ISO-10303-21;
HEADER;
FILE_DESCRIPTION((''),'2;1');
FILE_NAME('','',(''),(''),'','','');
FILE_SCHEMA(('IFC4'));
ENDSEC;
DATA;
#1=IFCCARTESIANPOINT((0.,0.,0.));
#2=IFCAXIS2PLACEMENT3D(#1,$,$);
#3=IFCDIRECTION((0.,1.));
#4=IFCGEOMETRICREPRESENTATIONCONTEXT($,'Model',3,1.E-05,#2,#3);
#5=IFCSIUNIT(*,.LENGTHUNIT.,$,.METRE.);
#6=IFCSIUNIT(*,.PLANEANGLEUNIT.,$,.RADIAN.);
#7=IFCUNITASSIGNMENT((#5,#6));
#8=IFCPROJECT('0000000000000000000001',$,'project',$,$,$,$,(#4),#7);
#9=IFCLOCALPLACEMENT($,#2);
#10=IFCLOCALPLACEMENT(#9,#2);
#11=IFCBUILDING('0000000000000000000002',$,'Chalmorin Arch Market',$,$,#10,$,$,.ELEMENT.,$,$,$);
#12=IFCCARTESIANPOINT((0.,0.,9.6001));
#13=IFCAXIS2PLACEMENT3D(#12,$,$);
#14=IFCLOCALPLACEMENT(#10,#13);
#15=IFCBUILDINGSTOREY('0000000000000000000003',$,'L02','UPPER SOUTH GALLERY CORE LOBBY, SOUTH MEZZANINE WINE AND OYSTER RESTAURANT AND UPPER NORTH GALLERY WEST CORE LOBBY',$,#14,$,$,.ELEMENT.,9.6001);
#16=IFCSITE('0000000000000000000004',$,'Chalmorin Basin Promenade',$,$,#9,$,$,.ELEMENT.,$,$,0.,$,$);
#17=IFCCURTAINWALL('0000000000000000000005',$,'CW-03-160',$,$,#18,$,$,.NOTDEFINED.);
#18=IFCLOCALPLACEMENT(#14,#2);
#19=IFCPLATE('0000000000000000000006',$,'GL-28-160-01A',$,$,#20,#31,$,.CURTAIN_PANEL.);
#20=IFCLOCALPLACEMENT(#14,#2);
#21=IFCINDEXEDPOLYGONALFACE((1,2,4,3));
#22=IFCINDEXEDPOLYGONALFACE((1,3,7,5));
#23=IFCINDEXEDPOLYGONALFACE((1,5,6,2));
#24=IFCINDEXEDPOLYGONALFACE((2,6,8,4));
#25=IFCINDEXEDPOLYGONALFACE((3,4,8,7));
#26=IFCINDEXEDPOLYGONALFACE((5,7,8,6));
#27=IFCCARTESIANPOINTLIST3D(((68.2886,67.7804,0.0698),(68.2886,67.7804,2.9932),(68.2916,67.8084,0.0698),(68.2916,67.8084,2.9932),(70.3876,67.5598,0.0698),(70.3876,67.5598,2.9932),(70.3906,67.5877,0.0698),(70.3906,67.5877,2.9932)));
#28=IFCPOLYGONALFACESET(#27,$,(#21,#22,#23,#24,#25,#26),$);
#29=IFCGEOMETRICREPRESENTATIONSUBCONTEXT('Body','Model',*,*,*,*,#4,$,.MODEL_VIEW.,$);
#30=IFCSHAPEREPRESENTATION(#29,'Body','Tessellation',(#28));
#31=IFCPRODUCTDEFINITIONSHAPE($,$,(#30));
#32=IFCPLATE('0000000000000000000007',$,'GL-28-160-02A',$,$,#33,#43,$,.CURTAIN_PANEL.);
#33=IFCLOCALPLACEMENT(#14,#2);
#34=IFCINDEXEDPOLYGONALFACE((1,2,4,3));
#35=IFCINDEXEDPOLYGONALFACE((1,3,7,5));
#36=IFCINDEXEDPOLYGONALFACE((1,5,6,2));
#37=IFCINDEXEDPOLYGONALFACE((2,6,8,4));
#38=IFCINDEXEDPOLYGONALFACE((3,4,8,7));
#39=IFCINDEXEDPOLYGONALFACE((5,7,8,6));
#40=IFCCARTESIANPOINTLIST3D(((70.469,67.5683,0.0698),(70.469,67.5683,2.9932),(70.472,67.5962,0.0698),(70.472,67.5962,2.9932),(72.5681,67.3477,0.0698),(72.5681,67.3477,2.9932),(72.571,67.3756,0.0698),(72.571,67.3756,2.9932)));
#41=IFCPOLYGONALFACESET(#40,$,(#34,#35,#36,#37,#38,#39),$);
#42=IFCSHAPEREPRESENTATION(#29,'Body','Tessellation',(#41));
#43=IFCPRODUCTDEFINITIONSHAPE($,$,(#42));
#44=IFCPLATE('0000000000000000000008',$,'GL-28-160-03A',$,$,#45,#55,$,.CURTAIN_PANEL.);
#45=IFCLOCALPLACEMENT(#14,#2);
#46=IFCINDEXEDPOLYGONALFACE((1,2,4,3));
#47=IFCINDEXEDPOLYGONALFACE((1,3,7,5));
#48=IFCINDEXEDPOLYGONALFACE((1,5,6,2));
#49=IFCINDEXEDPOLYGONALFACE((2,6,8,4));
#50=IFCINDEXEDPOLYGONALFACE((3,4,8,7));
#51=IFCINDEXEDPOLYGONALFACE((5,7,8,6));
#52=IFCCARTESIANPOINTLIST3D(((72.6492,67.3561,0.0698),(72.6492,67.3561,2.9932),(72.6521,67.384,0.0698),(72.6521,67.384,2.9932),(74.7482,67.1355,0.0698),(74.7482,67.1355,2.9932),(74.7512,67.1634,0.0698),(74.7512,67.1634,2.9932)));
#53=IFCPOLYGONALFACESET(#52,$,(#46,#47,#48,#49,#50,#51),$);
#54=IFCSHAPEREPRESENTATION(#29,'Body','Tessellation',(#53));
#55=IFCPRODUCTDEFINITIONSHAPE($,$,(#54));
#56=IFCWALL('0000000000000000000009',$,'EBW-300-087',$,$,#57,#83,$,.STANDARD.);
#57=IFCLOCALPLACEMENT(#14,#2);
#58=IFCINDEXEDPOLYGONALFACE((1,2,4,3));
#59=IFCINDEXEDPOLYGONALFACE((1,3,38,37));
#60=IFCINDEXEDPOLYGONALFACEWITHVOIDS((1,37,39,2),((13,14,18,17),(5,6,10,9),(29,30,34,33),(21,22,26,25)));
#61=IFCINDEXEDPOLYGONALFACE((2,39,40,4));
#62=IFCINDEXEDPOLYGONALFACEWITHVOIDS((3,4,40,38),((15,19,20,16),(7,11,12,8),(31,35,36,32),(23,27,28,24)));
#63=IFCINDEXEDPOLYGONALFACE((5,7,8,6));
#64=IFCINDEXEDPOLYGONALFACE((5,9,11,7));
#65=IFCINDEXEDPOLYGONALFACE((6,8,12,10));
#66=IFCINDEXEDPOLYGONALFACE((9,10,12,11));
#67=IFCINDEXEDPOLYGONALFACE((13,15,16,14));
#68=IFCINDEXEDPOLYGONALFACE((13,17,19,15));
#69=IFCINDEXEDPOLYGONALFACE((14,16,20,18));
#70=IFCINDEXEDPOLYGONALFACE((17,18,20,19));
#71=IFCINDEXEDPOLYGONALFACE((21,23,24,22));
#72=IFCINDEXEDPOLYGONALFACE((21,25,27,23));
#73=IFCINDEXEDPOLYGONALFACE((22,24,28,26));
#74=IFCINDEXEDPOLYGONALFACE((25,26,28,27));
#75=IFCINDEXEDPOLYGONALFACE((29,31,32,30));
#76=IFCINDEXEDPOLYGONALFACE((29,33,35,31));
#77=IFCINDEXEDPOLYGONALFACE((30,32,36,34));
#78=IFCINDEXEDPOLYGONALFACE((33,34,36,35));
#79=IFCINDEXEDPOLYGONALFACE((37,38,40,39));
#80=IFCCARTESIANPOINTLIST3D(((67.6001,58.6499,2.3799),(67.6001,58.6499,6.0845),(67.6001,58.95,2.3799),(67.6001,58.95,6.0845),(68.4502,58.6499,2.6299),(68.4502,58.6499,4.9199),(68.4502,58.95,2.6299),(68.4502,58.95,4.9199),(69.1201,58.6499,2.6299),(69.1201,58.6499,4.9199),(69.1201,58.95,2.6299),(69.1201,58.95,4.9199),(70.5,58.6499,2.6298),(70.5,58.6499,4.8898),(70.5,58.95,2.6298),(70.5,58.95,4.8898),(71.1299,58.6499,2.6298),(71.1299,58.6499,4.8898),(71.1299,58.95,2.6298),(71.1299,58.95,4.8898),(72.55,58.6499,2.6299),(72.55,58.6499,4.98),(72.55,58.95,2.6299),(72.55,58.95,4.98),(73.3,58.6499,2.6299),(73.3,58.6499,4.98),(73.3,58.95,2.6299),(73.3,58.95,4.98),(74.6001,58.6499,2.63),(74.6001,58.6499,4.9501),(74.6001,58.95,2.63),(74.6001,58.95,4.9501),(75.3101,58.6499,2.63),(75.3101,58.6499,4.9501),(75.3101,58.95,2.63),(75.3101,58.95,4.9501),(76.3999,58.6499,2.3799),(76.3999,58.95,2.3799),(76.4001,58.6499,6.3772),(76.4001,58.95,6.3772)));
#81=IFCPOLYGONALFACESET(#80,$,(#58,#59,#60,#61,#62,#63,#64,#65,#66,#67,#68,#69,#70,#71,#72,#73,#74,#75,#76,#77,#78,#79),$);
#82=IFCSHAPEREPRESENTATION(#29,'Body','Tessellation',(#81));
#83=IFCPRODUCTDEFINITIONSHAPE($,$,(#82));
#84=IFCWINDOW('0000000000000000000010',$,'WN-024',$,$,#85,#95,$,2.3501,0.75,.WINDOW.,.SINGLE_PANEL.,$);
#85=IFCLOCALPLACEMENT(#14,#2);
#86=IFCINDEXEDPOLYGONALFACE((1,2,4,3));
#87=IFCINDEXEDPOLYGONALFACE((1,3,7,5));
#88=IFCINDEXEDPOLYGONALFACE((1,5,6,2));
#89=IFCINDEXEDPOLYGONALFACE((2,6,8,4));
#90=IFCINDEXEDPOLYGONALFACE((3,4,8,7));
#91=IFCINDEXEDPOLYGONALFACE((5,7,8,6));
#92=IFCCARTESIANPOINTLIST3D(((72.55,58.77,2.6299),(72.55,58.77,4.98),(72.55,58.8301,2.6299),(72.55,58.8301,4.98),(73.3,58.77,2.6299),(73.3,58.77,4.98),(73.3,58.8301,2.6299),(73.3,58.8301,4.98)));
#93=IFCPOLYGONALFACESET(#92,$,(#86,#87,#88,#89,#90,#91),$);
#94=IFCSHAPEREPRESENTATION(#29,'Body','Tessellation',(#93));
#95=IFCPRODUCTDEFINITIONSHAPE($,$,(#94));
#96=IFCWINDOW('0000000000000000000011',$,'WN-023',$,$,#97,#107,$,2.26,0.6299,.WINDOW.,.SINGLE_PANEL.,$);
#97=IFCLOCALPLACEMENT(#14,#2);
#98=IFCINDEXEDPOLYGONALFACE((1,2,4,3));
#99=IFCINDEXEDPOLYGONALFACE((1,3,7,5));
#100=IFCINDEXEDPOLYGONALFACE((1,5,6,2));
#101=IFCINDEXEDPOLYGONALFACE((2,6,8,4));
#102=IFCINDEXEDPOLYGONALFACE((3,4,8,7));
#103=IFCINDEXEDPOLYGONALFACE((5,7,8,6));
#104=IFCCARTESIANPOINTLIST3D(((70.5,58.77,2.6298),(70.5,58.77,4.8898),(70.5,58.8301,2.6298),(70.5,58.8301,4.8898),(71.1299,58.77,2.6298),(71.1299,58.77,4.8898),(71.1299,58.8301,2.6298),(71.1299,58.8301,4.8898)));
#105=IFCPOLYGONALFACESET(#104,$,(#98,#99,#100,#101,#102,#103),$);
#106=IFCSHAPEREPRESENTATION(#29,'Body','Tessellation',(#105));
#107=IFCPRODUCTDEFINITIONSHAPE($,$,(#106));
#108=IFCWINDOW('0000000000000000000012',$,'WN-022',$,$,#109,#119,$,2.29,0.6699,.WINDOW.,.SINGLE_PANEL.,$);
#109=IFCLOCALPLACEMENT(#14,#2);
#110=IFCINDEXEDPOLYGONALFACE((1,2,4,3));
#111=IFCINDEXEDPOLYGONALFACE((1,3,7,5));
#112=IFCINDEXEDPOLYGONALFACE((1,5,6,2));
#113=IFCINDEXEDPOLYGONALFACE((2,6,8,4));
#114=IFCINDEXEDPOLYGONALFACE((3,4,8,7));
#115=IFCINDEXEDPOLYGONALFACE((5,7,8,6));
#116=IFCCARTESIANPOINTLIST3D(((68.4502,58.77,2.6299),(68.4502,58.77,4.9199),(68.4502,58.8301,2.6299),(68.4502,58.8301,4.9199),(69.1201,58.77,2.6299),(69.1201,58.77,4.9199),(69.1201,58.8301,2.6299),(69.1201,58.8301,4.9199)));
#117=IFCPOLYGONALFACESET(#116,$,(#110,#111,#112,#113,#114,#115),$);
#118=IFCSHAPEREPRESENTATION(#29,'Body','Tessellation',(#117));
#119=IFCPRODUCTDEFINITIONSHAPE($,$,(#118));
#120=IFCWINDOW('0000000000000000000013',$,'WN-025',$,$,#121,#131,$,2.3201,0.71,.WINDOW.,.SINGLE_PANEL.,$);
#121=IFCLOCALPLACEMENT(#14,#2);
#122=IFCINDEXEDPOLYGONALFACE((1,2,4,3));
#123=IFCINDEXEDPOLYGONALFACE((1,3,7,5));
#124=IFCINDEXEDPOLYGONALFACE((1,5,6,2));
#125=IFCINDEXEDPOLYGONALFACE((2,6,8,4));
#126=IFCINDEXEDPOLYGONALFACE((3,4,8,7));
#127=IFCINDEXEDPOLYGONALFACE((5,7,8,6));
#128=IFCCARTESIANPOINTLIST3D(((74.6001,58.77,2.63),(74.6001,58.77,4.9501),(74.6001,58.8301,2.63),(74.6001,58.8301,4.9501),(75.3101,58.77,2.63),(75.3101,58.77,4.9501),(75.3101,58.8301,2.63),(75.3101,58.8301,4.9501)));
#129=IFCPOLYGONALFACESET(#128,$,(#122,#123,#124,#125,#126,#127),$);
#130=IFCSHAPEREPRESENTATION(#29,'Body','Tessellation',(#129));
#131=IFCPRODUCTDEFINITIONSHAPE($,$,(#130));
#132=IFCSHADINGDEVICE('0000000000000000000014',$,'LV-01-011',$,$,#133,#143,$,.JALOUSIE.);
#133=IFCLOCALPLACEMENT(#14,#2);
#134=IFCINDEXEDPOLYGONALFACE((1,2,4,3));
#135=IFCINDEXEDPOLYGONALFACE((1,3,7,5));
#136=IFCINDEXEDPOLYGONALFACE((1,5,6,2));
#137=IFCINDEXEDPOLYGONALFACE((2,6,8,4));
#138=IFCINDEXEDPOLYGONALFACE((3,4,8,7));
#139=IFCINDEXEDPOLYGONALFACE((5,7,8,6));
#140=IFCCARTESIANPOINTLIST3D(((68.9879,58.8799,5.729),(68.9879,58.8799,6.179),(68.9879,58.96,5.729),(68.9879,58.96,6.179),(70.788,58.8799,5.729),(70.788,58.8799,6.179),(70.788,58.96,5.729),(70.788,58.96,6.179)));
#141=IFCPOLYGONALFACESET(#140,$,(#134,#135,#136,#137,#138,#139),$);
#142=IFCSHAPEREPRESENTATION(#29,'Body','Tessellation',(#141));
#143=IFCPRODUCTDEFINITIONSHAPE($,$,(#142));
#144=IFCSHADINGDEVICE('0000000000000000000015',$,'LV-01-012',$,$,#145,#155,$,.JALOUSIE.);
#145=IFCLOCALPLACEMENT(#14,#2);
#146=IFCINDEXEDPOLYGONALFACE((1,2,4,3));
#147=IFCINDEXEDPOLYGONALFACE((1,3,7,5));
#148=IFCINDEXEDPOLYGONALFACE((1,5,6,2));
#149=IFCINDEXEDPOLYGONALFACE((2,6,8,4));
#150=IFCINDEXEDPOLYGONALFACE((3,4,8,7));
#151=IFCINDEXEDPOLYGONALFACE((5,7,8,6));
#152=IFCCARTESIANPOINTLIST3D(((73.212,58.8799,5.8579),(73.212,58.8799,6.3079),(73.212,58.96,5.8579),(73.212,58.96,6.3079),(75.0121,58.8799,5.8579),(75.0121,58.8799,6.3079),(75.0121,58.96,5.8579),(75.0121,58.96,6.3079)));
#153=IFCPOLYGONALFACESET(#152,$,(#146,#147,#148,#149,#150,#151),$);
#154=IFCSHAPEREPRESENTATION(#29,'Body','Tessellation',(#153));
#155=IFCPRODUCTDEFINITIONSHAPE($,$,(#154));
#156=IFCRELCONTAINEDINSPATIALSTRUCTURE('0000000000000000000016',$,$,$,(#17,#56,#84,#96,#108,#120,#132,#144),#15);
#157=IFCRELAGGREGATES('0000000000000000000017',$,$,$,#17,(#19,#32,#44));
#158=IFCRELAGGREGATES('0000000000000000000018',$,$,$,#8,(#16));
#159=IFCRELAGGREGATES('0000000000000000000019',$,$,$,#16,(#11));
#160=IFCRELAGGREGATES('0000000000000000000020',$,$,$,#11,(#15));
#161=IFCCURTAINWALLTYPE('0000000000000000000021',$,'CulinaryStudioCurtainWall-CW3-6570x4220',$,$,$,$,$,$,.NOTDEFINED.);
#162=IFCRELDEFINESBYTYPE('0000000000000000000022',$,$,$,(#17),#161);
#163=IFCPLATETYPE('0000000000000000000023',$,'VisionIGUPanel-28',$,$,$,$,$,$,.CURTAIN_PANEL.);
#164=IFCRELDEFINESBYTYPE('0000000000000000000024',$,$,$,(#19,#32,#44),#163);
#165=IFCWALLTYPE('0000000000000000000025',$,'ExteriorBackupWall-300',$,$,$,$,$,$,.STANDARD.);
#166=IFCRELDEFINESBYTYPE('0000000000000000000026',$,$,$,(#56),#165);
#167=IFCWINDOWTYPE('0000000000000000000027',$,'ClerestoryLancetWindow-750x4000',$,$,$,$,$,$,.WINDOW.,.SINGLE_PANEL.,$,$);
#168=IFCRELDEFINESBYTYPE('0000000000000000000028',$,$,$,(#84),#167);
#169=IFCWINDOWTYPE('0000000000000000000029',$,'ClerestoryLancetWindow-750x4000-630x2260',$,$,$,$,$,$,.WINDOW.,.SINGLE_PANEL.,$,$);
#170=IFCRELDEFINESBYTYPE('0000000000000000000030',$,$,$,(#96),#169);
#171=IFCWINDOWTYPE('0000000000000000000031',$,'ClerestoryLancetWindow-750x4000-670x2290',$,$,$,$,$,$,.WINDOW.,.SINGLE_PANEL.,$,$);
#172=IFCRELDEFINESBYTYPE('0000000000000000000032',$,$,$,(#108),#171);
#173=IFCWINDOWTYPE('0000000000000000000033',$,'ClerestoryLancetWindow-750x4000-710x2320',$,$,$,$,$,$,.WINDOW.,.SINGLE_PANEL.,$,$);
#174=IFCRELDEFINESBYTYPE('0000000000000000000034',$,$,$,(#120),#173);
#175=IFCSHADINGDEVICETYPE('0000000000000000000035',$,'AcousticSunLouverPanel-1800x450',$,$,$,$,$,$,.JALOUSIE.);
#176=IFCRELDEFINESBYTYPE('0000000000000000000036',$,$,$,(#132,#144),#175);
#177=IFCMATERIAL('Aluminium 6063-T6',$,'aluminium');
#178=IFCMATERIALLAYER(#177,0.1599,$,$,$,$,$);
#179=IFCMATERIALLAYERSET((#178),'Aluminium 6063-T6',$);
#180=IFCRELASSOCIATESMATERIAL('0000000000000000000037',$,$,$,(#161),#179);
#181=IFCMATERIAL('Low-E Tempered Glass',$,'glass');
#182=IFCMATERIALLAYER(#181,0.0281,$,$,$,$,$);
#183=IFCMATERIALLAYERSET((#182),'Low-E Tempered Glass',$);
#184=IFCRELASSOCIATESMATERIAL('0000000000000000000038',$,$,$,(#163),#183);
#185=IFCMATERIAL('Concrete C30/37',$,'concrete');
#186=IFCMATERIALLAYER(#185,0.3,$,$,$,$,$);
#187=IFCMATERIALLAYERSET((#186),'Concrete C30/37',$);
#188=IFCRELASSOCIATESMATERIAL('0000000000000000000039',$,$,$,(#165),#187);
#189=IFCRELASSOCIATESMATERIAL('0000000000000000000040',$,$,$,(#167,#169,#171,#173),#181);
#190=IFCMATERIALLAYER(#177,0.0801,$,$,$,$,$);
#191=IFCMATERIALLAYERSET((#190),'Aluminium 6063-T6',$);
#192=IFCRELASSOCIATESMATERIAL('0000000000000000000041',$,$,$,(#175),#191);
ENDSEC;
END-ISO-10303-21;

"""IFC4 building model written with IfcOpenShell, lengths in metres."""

from ifc_helpers import new_model, si_unit, direction, frame, frame_2d, origin, origin_2d, place, context, subcontext, project, spatial, polyline, rectangle, outline, extrude, material, layer, layer_set, type_object, element, fill, aggregate, save


model = new_model("IFC4")

# Units and contexts
model_context = context("Model", 3, precision=1e-05, world=origin(), true_north=direction((0.0, 1.0)))
body_context = subcontext(model_context, "Body", "Model", "MODEL_VIEW")
ifc_project = project(units=[si_unit("LENGTHUNIT", "METRE"), si_unit("PLANEANGLEUNIT", "RADIAN")], contexts=[model_context])

# Site, building, storey
site_placement = place(None, origin())
site = spatial("IfcSite", under=ifc_project, at=site_placement, Name="Chalmorin Basin Promenade", CompositionType="ELEMENT", RefElevation=0.0)
building_placement = place(site_placement, origin())
building = spatial("IfcBuilding", under=site, at=building_placement, Name="Chalmorin Arch Market", CompositionType="ELEMENT")
storey_placement = place(building_placement, frame((0.0, 0.0, 9.6001)))
storey = spatial("IfcBuildingStorey", under=building, at=storey_placement, Name="L02", Description="UPPER SOUTH GALLERY CORE LOBBY, SOUTH MEZZANINE WINE AND OYSTER RESTAURANT AND UPPER NORTH GALLERY WEST CORE LOBBY", CompositionType="ELEMENT", Elevation=9.6001)

# Shared definitions
ifc_material_1 = material(Name="Aluminium 6063-T6", Category="aluminium")

# Curtain wall
ifc_layer_1 = layer(ifc_material_1, 0.1599)
ifc_layer_set_1 = layer_set([ifc_layer_1], Name="Aluminium 6063-T6")
curtain_wall_type_1 = type_object("IfcCurtainWallType", Name="CulinaryStudioCurtainWall-CW3-6570x4220", PredefinedType="NOTDEFINED", material=ifc_layer_set_1)
curtain_wall_1_placement = place(storey_placement, origin())
curtain_wall_1 = element("IfcCurtainWall", 1, at=curtain_wall_1_placement, inside=storey, type_object=curtain_wall_type_1, Name="CW-03-160", PredefinedType="NOTDEFINED")

# Plates
ifc_material_2 = material(Name="Low-E Tempered Glass", Category="glass")
ifc_layer_2 = layer(ifc_material_2, 0.0281)
ifc_layer_set_2 = layer_set([ifc_layer_2], Name="Low-E Tempered Glass")
plate_type_1 = type_object("IfcPlateType", Name="VisionIGUPanel-28", PredefinedType="CURTAIN_PANEL", material=ifc_layer_set_2)
plate_1_placement = place(storey_placement, frame((69.3396, 67.6841, 0.0698), z_axis=(0.0, 0.0, 1.0), x_axis=(0.994522, -0.104528, 0.0)))
plate_1 = element("IfcPlate", 2, at=plate_1_placement, type_object=plate_type_1, Name="GL-28-160-01A", PredefinedType="CURTAIN_PANEL", context=body_context, shape_type="SweptSolid", body=[
    extrude(rectangle(XDim=2.1106, YDim=0.0281, at=origin_2d()), origin(), (0.0, 0.0, 1.0), 2.9233),
])
plate_2_placement = place(storey_placement, frame((71.52, 67.4719, 0.0698), z_axis=(0.0, 0.0, 1.0), x_axis=(0.994522, -0.104528, 0.0)))
plate_2 = element("IfcPlate", 3, at=plate_2_placement, type_object=plate_type_1, Name="GL-28-160-02A", PredefinedType="CURTAIN_PANEL", context=body_context, shape_type="SweptSolid", body=[
    extrude(rectangle(XDim=2.1106, YDim=0.0281, at=origin_2d()), origin(), (0.0, 0.0, 1.0), 2.9233),
])
plate_3_placement = place(storey_placement, frame((73.7002, 67.2598, 0.0698), z_axis=(0.0, 0.0, 1.0), x_axis=(0.994522, -0.104528, 0.0)))
plate_3 = element("IfcPlate", 4, at=plate_3_placement, type_object=plate_type_1, Name="GL-28-160-03A", PredefinedType="CURTAIN_PANEL", context=body_context, shape_type="SweptSolid", body=[
    extrude(rectangle(XDim=2.1106, YDim=0.0281, at=origin_2d()), origin(), (0.0, 0.0, 1.0), 2.9233),
])
aggregate(curtain_wall_1, [plate_1, plate_2, plate_3])

# Wall, openings, windows
ifc_material_3 = material(Name="Concrete C30/37", Category="concrete")
ifc_layer_3 = layer(ifc_material_3, 0.3)
ifc_layer_set_3 = layer_set([ifc_layer_3], Name="Concrete C30/37")
wall_type = type_object("IfcWallType", Name="ExteriorBackupWall-300", PredefinedType="STANDARD", material=ifc_layer_set_3)
wall_placement = place(storey_placement, frame((67.6001, 58.8, 2.3799), z_axis=(0.0, 0.0, 1.0), x_axis=(1.0, 0.0, 0.0)))
wall = element("IfcWall", 5, at=wall_placement, inside=storey, type_object=wall_type, Name="EBW-300-087", PredefinedType="STANDARD", context=body_context, shape_type="SweptSolid", body=[
    extrude(outline(polyline([(0.0, 0.0), (8.7998, 0.0), (8.8, 3.9973), (0.0, 3.7046), (0.0, 0.0)])), frame((0.0, 0.1499, 0.0), z_axis=(0.0, -1.0, 0.0), x_axis=(1.0, 0.0, 0.0)), (0.0, 0.0, 1.0), 0.3),
])
opening_1_placement = place(wall_placement, frame((0.8501, 0.0, 0.25)))
opening_1 = element("IfcOpeningElement", 6, at=opening_1_placement, cuts=wall, PredefinedType="OPENING", context=body_context, shape_type="SweptSolid", body=[
    extrude(rectangle(XDim=0.6699, YDim=2.29, at=frame_2d((0.335, 1.145))), frame((0.0, 0.1599, 0.0), z_axis=(0.0, -1.0, 0.0), x_axis=(1.0, 0.0, 0.0)), (0.0, 0.0, 1.0), 0.3201),
])
opening_2_placement = place(wall_placement, frame((2.8999, 0.0, 0.25)))
opening_2 = element("IfcOpeningElement", 7, at=opening_2_placement, cuts=wall, PredefinedType="OPENING", context=body_context, shape_type="SweptSolid", body=[
    extrude(rectangle(XDim=0.6299, YDim=2.26, at=frame_2d((0.3149, 1.1299))), frame((0.0, 0.1599, 0.0), z_axis=(0.0, -1.0, 0.0), x_axis=(1.0, 0.0, 0.0)), (0.0, 0.0, 1.0), 0.3201),
])
opening_3_placement = place(wall_placement, frame((4.95, 0.0, 0.25)))
opening_3 = element("IfcOpeningElement", 8, at=opening_3_placement, cuts=wall, PredefinedType="OPENING", context=body_context, shape_type="SweptSolid", body=[
    extrude(rectangle(XDim=0.75, YDim=2.3501, at=frame_2d((0.375, 1.175))), frame((0.0, 0.1599, 0.0), z_axis=(0.0, -1.0, 0.0), x_axis=(1.0, 0.0, 0.0)), (0.0, 0.0, 1.0), 0.3201),
])
opening_4_placement = place(wall_placement, frame((7.0, 0.0, 0.25)))
opening_4 = element("IfcOpeningElement", 9, at=opening_4_placement, cuts=wall, PredefinedType="OPENING", context=body_context, shape_type="SweptSolid", body=[
    extrude(rectangle(XDim=0.71, YDim=2.3201, at=frame_2d((0.355, 1.1602))), frame((0.0, 0.1599, 0.0), z_axis=(0.0, -1.0, 0.0), x_axis=(1.0, 0.0, 0.0)), (0.0, 0.0, 1.0), 0.3201),
])
window_type_1 = type_object("IfcWindowType", Name="ClerestoryLancetWindow-750x4000", PartitioningType="SINGLE_PANEL", PredefinedType="WINDOW", material=ifc_material_2)
window_1_placement = place(opening_3_placement, origin())
window_1 = element("IfcWindow", 10, at=window_1_placement, inside=storey, type_object=window_type_1, Name="WN-024", OverallHeight=2.3501, OverallWidth=0.75, PartitioningType="SINGLE_PANEL", PredefinedType="WINDOW", context=body_context, shape_type="SweptSolid", body=[
    extrude(rectangle(XDim=0.75, YDim=2.3501, at=frame_2d((0.375, 1.175))), frame((0.0, 0.03, 0.0), z_axis=(0.0, -1.0, 0.0), x_axis=(1.0, 0.0, 0.0)), (0.0, 0.0, 1.0), 0.0601),
])
fill(opening_3, window_1)
window_type_2 = type_object("IfcWindowType", Name="ClerestoryLancetWindow-750x4000-630x2260", PartitioningType="SINGLE_PANEL", PredefinedType="WINDOW", material=ifc_material_2)
window_2_placement = place(opening_2_placement, origin())
window_2 = element("IfcWindow", 11, at=window_2_placement, inside=storey, type_object=window_type_2, Name="WN-023", OverallHeight=2.26, OverallWidth=0.6299, PartitioningType="SINGLE_PANEL", PredefinedType="WINDOW", context=body_context, shape_type="SweptSolid", body=[
    extrude(rectangle(XDim=0.6299, YDim=2.26, at=frame_2d((0.3149, 1.1299))), frame((0.0, 0.03, 0.0), z_axis=(0.0, -1.0, 0.0), x_axis=(1.0, 0.0, 0.0)), (0.0, 0.0, 1.0), 0.0601),
])
fill(opening_2, window_2)
window_type_3 = type_object("IfcWindowType", Name="ClerestoryLancetWindow-750x4000-670x2290", PartitioningType="SINGLE_PANEL", PredefinedType="WINDOW", material=ifc_material_2)
window_3_placement = place(opening_1_placement, origin())
window_3 = element("IfcWindow", 12, at=window_3_placement, inside=storey, type_object=window_type_3, Name="WN-022", OverallHeight=2.29, OverallWidth=0.6699, PartitioningType="SINGLE_PANEL", PredefinedType="WINDOW", context=body_context, shape_type="SweptSolid", body=[
    extrude(rectangle(XDim=0.6699, YDim=2.29, at=frame_2d((0.335, 1.145))), frame((0.0, 0.03, 0.0), z_axis=(0.0, -1.0, 0.0), x_axis=(1.0, 0.0, 0.0)), (0.0, 0.0, 1.0), 0.0601),
])
fill(opening_1, window_3)
window_type_4 = type_object("IfcWindowType", Name="ClerestoryLancetWindow-750x4000-710x2320", PartitioningType="SINGLE_PANEL", PredefinedType="WINDOW", material=ifc_material_2)
window_4_placement = place(opening_4_placement, origin())
window_4 = element("IfcWindow", 13, at=window_4_placement, inside=storey, type_object=window_type_4, Name="WN-025", OverallHeight=2.3201, OverallWidth=0.71, PartitioningType="SINGLE_PANEL", PredefinedType="WINDOW", context=body_context, shape_type="SweptSolid", body=[
    extrude(rectangle(XDim=0.71, YDim=2.3201, at=frame_2d((0.355, 1.1602))), frame((0.0, 0.03, 0.0), z_axis=(0.0, -1.0, 0.0), x_axis=(1.0, 0.0, 0.0)), (0.0, 0.0, 1.0), 0.0601),
])
fill(opening_4, window_4)

# Shading devices
ifc_layer_4 = layer(ifc_material_1, 0.0801)
ifc_layer_set_4 = layer_set([ifc_layer_4], Name="Aluminium 6063-T6")
shading_device_type = type_object("IfcShadingDeviceType", Name="AcousticSunLouverPanel-1800x450", PredefinedType="JALOUSIE", material=ifc_layer_set_4)
for number, where, z_axis, x_axis, name in (
    (14, (69.8879, 58.9199, 5.729), (0.0, 0.0, 1.0), (1.0, 0.0, 0.0), "LV-01-011"),
    (15, (74.1121, 58.9199, 5.8579), (0.0, 0.0, 1.0), (1.0, 0.0, 0.0), "LV-01-012"),
):
    element("IfcShadingDevice", number, at=place(storey_placement, frame(where, z_axis=z_axis, x_axis=x_axis)), inside=storey, type_object=shading_device_type, Name=name, PredefinedType="JALOUSIE", context=body_context, shape_type="SweptSolid", body=[
        extrude(rectangle(XDim=1.8, YDim=0.0801, at=origin_2d()), origin(), (0.0, 0.0, 1.0), 0.45),
    ])

save(model, "model.ifc")
